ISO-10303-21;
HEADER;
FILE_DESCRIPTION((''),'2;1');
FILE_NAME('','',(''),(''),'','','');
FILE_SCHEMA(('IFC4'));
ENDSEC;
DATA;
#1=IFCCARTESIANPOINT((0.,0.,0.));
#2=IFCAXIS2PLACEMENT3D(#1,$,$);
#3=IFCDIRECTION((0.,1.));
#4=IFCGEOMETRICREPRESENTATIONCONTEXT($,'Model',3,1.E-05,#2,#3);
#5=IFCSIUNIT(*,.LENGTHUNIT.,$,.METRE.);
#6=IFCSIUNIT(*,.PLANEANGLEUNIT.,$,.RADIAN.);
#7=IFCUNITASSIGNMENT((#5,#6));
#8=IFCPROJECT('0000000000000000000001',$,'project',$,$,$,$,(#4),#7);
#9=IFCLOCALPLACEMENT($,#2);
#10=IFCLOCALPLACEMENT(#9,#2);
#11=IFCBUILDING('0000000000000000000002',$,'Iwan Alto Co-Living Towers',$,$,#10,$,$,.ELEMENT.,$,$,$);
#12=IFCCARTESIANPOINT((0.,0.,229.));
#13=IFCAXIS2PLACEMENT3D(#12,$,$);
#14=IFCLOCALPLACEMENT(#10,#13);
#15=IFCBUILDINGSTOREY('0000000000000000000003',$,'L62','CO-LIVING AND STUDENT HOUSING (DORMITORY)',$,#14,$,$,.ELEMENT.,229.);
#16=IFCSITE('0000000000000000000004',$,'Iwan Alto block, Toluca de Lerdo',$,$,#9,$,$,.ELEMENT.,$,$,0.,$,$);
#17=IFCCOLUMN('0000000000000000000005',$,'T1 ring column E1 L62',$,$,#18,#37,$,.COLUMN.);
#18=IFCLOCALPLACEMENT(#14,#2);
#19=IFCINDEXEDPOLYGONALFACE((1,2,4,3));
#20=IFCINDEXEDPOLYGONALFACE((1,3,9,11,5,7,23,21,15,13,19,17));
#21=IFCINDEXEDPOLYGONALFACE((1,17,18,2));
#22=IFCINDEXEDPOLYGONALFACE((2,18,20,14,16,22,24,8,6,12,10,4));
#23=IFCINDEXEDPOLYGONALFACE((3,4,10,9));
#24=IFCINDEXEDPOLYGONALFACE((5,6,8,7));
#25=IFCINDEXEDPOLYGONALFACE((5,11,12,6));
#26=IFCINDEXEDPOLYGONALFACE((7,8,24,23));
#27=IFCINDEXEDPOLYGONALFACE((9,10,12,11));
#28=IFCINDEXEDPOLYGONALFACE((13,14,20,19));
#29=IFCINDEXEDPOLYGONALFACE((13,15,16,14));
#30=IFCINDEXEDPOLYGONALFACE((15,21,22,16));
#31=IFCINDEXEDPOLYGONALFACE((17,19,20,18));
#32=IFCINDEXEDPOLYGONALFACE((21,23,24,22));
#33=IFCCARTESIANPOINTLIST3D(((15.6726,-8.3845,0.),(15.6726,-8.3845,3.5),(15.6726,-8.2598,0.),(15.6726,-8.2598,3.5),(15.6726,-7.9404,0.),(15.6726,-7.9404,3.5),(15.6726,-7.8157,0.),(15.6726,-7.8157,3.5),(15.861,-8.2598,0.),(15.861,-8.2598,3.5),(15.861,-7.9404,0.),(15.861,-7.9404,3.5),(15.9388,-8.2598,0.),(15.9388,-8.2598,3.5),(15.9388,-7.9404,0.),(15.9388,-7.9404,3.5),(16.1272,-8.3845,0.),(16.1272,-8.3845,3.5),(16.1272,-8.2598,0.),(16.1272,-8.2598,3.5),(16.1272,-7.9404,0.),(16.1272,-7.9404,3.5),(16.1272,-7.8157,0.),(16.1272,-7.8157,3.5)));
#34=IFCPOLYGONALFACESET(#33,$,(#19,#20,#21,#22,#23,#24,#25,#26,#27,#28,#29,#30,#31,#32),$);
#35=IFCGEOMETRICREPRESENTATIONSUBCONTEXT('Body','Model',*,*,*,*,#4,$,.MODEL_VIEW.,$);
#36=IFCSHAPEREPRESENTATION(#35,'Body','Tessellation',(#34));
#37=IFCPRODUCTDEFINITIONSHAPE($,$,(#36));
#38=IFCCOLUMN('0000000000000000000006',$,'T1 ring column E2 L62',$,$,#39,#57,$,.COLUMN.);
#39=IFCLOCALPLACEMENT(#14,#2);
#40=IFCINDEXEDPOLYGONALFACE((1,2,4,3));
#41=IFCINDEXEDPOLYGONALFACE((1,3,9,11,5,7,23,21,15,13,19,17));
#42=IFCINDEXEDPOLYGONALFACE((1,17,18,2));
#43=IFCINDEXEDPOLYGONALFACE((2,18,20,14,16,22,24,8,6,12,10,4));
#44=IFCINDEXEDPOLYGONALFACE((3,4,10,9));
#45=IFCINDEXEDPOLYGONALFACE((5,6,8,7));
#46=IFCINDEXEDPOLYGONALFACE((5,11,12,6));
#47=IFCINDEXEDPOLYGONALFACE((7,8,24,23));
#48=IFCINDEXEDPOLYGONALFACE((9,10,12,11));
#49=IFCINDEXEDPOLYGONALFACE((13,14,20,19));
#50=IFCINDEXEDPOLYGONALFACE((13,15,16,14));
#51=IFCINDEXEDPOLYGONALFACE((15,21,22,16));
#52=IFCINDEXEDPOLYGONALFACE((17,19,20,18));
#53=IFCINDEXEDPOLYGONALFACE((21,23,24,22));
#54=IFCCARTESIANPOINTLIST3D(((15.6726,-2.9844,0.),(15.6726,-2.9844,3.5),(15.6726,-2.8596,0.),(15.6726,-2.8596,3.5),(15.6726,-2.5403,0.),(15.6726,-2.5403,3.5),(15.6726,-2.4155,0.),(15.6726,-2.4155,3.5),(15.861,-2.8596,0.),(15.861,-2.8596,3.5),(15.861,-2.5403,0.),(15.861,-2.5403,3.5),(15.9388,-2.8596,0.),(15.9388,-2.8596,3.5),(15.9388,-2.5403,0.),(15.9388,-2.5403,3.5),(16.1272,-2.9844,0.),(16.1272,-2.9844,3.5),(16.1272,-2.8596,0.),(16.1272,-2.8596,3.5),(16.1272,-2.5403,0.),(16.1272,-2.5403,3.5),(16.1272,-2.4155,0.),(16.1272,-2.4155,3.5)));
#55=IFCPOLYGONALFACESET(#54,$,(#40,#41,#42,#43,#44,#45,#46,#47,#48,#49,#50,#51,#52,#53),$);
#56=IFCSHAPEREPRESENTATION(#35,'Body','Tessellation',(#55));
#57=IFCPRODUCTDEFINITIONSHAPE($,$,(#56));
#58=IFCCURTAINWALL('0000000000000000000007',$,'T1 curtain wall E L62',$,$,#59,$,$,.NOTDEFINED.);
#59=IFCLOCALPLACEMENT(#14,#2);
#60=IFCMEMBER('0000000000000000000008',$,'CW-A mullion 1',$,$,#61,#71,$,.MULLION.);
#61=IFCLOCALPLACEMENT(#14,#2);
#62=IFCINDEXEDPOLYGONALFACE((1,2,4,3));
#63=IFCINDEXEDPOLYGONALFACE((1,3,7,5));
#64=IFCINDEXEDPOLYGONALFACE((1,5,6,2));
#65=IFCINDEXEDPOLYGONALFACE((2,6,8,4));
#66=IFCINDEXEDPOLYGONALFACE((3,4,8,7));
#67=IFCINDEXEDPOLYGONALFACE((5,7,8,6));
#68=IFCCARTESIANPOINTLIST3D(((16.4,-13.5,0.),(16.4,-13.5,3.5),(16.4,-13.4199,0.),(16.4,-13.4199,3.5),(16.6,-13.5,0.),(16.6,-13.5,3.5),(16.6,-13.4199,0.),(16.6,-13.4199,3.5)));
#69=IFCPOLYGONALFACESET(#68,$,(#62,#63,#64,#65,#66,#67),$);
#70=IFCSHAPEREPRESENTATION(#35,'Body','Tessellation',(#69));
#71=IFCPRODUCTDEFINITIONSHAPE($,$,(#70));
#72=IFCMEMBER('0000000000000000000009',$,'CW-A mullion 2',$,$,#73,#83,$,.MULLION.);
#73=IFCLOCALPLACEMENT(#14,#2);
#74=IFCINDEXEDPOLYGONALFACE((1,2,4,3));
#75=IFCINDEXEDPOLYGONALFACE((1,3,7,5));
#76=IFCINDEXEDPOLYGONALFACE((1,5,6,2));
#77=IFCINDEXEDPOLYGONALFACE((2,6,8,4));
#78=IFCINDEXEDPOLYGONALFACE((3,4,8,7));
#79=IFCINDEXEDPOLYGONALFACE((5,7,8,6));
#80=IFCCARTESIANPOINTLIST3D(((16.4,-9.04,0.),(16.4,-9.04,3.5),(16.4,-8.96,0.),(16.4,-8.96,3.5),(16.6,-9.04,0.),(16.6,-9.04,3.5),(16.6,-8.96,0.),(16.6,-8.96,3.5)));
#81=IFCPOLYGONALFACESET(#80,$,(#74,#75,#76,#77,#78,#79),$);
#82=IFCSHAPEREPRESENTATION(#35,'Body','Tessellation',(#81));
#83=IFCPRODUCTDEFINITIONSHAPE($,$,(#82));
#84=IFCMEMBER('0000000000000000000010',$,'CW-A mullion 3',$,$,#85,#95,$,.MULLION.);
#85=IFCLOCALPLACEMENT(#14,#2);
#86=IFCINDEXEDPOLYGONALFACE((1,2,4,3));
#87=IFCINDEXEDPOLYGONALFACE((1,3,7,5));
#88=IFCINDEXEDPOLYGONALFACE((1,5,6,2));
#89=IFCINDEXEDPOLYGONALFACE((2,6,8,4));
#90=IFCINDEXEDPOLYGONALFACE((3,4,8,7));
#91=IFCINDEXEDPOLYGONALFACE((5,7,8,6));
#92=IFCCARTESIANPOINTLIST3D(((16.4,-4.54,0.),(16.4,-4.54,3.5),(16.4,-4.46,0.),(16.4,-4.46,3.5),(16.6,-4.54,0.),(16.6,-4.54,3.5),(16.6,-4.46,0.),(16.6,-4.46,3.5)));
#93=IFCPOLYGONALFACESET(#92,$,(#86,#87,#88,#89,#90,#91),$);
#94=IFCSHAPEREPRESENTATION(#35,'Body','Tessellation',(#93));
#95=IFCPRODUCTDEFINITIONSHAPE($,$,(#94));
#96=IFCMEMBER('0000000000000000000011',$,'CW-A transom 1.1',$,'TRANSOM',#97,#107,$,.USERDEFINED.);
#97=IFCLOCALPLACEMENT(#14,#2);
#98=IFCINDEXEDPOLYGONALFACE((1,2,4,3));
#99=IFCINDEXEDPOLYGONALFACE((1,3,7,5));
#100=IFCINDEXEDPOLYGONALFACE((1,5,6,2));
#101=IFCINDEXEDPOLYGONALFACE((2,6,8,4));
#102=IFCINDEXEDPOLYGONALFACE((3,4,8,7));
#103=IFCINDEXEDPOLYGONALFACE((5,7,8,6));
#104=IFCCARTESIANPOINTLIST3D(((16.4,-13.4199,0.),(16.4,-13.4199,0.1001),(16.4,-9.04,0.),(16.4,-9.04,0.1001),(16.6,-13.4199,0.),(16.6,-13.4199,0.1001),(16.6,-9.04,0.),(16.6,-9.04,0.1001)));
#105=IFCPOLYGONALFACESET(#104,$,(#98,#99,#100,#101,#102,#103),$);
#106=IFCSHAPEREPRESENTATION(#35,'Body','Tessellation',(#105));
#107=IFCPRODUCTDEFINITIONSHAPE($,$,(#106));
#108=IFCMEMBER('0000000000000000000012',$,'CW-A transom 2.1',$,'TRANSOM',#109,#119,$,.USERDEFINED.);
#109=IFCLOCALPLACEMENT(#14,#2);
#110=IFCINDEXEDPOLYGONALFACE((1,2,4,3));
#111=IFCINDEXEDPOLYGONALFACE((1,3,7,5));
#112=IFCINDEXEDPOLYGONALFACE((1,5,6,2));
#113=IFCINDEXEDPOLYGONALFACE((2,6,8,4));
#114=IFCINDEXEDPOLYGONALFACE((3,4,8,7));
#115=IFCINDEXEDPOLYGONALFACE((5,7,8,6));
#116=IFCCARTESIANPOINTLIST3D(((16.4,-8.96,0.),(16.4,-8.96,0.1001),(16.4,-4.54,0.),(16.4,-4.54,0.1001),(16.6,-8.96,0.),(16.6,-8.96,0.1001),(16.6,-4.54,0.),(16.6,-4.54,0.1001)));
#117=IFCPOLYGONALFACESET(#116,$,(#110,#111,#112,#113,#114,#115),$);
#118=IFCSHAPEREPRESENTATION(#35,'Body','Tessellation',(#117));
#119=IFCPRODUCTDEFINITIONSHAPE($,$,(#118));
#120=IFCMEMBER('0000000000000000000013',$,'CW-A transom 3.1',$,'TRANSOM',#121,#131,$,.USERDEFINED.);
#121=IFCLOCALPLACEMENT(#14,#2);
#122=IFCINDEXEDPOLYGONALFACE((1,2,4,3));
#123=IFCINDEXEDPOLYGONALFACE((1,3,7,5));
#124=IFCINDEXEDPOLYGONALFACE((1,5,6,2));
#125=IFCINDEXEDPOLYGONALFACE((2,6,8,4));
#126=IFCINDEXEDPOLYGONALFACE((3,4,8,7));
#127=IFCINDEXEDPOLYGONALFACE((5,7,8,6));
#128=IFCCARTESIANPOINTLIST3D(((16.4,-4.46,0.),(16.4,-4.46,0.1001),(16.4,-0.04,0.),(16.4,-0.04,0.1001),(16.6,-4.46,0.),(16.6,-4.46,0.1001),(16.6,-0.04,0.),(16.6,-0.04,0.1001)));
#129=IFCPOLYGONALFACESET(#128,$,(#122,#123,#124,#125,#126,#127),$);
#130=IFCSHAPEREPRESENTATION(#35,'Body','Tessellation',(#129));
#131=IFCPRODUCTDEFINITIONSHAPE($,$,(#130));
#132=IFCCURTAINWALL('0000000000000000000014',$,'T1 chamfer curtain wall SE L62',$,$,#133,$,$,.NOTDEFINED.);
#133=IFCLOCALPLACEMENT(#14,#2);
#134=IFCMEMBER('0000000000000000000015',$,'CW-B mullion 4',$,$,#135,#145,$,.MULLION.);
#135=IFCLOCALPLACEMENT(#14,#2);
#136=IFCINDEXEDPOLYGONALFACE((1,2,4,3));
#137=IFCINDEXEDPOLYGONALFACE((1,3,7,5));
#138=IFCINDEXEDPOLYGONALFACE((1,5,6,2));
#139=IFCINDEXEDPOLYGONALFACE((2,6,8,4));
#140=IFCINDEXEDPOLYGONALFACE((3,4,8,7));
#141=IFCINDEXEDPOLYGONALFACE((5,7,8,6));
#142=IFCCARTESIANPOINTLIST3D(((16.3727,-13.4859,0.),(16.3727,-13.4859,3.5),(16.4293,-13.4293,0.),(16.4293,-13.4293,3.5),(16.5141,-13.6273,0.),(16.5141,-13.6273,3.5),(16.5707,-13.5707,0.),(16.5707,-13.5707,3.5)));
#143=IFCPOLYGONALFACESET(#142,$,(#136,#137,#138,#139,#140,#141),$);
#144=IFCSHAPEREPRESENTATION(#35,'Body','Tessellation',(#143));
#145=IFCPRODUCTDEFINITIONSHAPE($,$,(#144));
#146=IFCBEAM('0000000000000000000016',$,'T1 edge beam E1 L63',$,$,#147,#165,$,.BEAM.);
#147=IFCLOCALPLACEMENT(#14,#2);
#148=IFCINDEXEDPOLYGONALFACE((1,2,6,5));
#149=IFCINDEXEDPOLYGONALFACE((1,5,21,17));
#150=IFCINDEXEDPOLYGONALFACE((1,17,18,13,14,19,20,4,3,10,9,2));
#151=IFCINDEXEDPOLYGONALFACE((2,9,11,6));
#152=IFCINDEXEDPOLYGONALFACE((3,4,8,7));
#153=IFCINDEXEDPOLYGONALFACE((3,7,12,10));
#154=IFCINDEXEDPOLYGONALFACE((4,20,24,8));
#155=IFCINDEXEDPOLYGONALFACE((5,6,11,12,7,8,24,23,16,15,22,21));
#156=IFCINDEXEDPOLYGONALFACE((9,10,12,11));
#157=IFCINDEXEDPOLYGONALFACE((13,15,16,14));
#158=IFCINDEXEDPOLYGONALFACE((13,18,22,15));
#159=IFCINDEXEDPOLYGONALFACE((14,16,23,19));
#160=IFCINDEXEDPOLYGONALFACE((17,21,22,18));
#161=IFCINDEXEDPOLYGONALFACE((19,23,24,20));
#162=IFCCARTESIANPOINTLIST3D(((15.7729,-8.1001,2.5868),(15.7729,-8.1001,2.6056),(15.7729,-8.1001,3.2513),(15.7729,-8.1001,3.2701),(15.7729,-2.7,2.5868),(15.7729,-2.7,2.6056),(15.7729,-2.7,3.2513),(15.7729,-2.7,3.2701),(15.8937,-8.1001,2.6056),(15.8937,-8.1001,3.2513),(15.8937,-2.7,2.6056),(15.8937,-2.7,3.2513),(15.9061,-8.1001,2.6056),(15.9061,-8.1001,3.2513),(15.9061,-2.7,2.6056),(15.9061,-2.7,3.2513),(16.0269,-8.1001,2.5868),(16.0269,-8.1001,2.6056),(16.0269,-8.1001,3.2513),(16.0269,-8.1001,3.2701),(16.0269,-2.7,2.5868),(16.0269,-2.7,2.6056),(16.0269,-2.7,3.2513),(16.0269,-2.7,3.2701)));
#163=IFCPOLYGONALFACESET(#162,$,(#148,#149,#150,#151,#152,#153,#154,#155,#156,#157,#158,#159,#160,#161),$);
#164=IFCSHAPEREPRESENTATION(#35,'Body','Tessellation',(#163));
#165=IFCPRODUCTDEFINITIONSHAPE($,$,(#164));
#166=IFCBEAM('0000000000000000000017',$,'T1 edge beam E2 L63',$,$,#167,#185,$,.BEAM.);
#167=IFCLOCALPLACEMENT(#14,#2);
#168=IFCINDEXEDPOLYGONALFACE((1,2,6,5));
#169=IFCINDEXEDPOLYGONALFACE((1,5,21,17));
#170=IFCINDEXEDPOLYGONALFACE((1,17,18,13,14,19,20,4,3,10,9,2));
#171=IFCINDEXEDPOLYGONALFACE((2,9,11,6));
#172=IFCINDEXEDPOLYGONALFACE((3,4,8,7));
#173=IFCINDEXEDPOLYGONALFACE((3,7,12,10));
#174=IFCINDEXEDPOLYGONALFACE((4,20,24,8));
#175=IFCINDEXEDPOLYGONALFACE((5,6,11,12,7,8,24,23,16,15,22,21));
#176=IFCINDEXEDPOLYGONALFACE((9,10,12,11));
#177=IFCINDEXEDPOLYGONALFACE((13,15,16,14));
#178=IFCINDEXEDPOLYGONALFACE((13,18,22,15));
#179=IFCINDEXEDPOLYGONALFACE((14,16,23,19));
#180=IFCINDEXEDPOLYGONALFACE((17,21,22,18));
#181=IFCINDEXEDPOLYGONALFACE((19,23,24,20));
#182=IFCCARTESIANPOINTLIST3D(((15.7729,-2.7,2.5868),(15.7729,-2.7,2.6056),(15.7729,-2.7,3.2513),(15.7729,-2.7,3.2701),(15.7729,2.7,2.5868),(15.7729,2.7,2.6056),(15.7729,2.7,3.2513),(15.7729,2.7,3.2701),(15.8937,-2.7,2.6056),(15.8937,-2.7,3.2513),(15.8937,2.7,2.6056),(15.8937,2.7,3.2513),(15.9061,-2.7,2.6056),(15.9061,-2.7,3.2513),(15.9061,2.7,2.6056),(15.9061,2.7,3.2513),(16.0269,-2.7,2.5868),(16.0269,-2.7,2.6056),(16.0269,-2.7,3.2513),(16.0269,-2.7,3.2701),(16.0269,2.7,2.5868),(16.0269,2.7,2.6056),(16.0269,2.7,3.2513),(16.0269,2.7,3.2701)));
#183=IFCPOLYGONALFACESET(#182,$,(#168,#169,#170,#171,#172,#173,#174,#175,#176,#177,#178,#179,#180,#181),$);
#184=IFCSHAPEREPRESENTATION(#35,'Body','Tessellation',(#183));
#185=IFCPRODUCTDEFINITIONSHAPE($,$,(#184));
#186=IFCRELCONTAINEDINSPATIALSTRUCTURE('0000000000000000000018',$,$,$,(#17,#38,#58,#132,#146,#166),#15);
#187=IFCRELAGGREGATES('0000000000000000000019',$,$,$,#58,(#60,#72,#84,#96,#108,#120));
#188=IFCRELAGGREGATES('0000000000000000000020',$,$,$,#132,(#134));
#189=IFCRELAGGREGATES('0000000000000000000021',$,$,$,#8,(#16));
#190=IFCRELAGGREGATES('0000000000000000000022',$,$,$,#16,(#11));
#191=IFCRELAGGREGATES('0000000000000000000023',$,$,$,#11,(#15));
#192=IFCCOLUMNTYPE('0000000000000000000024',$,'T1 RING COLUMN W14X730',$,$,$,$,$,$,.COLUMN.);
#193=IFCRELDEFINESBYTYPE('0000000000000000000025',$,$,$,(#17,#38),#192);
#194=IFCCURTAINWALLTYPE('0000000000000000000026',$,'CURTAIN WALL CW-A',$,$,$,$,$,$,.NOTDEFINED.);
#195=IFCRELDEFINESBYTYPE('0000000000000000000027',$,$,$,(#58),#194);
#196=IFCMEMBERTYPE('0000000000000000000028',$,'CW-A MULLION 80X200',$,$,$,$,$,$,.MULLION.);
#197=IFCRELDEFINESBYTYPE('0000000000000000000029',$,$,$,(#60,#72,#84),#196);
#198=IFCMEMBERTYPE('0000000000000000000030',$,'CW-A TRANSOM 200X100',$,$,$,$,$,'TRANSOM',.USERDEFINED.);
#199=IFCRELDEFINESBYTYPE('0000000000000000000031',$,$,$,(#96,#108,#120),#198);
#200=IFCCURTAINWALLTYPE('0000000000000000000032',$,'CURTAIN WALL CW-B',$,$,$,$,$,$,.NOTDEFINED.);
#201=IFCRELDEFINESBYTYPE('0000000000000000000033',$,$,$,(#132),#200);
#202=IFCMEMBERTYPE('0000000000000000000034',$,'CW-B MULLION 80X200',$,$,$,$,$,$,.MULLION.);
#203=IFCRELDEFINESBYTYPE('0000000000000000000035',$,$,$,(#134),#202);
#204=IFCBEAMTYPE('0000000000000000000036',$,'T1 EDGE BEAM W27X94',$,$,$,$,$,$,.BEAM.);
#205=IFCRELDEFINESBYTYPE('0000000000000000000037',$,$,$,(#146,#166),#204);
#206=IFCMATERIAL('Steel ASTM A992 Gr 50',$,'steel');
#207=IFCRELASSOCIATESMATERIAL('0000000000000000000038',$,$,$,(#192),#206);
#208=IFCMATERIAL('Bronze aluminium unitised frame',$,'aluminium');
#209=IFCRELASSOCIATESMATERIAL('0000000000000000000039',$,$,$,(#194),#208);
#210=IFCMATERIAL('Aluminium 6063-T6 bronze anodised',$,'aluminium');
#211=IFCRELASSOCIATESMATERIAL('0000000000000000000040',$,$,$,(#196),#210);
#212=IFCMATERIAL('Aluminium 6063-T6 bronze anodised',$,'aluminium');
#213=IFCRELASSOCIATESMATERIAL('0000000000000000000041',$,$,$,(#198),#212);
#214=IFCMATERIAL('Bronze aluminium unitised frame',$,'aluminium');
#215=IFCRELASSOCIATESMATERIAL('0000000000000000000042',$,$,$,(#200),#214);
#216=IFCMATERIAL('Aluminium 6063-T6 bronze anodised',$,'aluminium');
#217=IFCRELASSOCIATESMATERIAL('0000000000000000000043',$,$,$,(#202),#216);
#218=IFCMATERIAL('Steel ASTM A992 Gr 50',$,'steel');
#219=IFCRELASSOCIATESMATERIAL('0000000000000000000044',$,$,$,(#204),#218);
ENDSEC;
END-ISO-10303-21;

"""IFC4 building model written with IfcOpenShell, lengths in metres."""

from ifc_helpers import new_model, si_unit, direction, frame, origin, origin_2d, place, context, subcontext, project, spatial, rectangle, i_section, extrude, material, material_profile, profile_set, type_object, element, aggregate, save


model = new_model("IFC4")

# Units and contexts
model_context = context("Model", 3, precision=1e-05, world=origin(), true_north=direction((0.0, 1.0)))
body_context = subcontext(model_context, "Body", "Model", "MODEL_VIEW")
ifc_project = project(units=[si_unit("LENGTHUNIT", "METRE"), si_unit("PLANEANGLEUNIT", "RADIAN")], contexts=[model_context])

# Site, building, storey
site_placement = place(None, origin())
site = spatial("IfcSite", under=ifc_project, at=site_placement, Name="Iwan Alto block, Toluca de Lerdo", CompositionType="ELEMENT", RefElevation=0.0)
building_placement = place(site_placement, origin())
building = spatial("IfcBuilding", under=site, at=building_placement, Name="Iwan Alto Co-Living Towers", CompositionType="ELEMENT")
storey_placement = place(building_placement, frame((0.0, 0.0, 229.0)))
storey = spatial("IfcBuildingStorey", under=building, at=storey_placement, Name="L62", Description="CO-LIVING AND STUDENT HOUSING (DORMITORY)", CompositionType="ELEMENT", Elevation=229.0)

# Columns
ifc_material_1 = material(Name="Steel ASTM A992 Gr 50", Category="steel")
ifc_material_profile_1 = material_profile(ifc_material_1, i_section(OverallWidth=0.4546, OverallDepth=0.5688, WebThickness=0.0779, FlangeThickness=0.1248, at=origin_2d()), Name="W14X730")
ifc_profile_set_1 = profile_set([ifc_material_profile_1], Name="Steel ASTM A992 Gr 50")
column_type = type_object("IfcColumnType", Name="T1 RING COLUMN W14X730", PredefinedType="COLUMN", material=ifc_profile_set_1)
for number, where, z_axis, x_axis, name in (
    (1, (15.8999, -8.1001, 0.0), (0.0, 0.0, 1.0), (1.0, 0.0, 0.0), "T1 ring column E1 L62"),
    (2, (15.8999, -2.7, 0.0), (0.0, 0.0, 1.0), (1.0, 0.0, 0.0), "T1 ring column E2 L62"),
):
    element("IfcColumn", number, at=place(storey_placement, frame(where, z_axis=z_axis, x_axis=x_axis)), inside=storey, type_object=column_type, Name=name, PredefinedType="COLUMN", context=body_context, shape_type="SweptSolid", body=[
        extrude(i_section(OverallWidth=0.4546, OverallDepth=0.5688, WebThickness=0.0779, FlangeThickness=0.1248, at=origin_2d()), origin(), (0.0, 0.0, 1.0), 3.5),
    ])

# Curtain wall, members
ifc_material_2 = material(Name="Bronze aluminium unitised frame", Category="aluminium")
curtain_wall_type_1 = type_object("IfcCurtainWallType", Name="CURTAIN WALL CW-A", PredefinedType="NOTDEFINED", material=ifc_material_2)
curtain_wall_1_placement = place(storey_placement, origin())
curtain_wall_1 = element("IfcCurtainWall", 3, at=curtain_wall_1_placement, inside=storey, type_object=curtain_wall_type_1, Name="T1 curtain wall E L62", PredefinedType="NOTDEFINED")
ifc_material_3 = material(Name="Aluminium 6063-T6 bronze anodised", Category="aluminium")
ifc_material_profile_2 = material_profile(ifc_material_3, rectangle(XDim=0.2, YDim=0.0801, at=origin_2d()), Name="AL 80X200")
ifc_profile_set_2 = profile_set([ifc_material_profile_2], Name="Aluminium 6063-T6 bronze anodised")
member_type_1 = type_object("IfcMemberType", Name="CW-A MULLION 80X200", PredefinedType="MULLION", material=ifc_profile_set_2)
member_1_placement = place(storey_placement, frame((16.5, -13.46, 0.0), z_axis=(0.0, 0.0, 1.0), x_axis=(-1.0, 0.0, 0.0)))
member_1 = element("IfcMember", 4, at=member_1_placement, type_object=member_type_1, Name="CW-A mullion 1", PredefinedType="MULLION", context=body_context, shape_type="SweptSolid", body=[
    extrude(rectangle(XDim=0.2, YDim=0.0801, at=origin_2d()), origin(), (0.0, 0.0, 1.0), 3.5),
])
member_2_placement = place(storey_placement, frame((16.5, -9.0, 0.0), z_axis=(0.0, 0.0, 1.0), x_axis=(-1.0, 0.0, 0.0)))
member_2 = element("IfcMember", 5, at=member_2_placement, type_object=member_type_1, Name="CW-A mullion 2", PredefinedType="MULLION", context=body_context, shape_type="SweptSolid", body=[
    extrude(rectangle(XDim=0.2, YDim=0.0801, at=origin_2d()), origin(), (0.0, 0.0, 1.0), 3.5),
])
member_3_placement = place(storey_placement, frame((16.5, -4.5, 0.0), z_axis=(0.0, 0.0, 1.0), x_axis=(-1.0, 0.0, 0.0)))
member_3 = element("IfcMember", 6, at=member_3_placement, type_object=member_type_1, Name="CW-A mullion 3", PredefinedType="MULLION", context=body_context, shape_type="SweptSolid", body=[
    extrude(rectangle(XDim=0.2, YDim=0.0801, at=origin_2d()), origin(), (0.0, 0.0, 1.0), 3.5),
])
ifc_material_4 = material(Name="Aluminium 6063-T6 bronze anodised", Category="aluminium")
ifc_material_profile_3 = material_profile(ifc_material_4, rectangle(XDim=0.2, YDim=0.1001, at=origin_2d()), Name="AL 200X100")
ifc_profile_set_3 = profile_set([ifc_material_profile_3], Name="Aluminium 6063-T6 bronze anodised")
member_type_2 = type_object("IfcMemberType", Name="CW-A TRANSOM 200X100", ElementType="TRANSOM", PredefinedType="USERDEFINED", material=ifc_profile_set_3)
member_4_placement = place(storey_placement, frame((16.5, -13.4199, 0.05), z_axis=(0.0, 1.0, 0.0), x_axis=(-1.0, 0.0, 0.0)))
member_4 = element("IfcMember", 7, at=member_4_placement, type_object=member_type_2, Name="CW-A transom 1.1", ObjectType="TRANSOM", PredefinedType="USERDEFINED", context=body_context, shape_type="SweptSolid", body=[
    extrude(rectangle(XDim=0.2, YDim=0.1001, at=origin_2d()), origin(), (0.0, 0.0, 1.0), 4.3799),
])
member_5_placement = place(storey_placement, frame((16.5, -8.96, 0.05), z_axis=(0.0, 1.0, 0.0), x_axis=(-1.0, 0.0, 0.0)))
member_5 = element("IfcMember", 8, at=member_5_placement, type_object=member_type_2, Name="CW-A transom 2.1", ObjectType="TRANSOM", PredefinedType="USERDEFINED", context=body_context, shape_type="SweptSolid", body=[
    extrude(rectangle(XDim=0.2, YDim=0.1001, at=origin_2d()), origin(), (0.0, 0.0, 1.0), 4.4199),
])
member_6_placement = place(storey_placement, frame((16.5, -4.46, 0.05), z_axis=(0.0, 1.0, 0.0), x_axis=(-1.0, 0.0, 0.0)))
member_6 = element("IfcMember", 9, at=member_6_placement, type_object=member_type_2, Name="CW-A transom 3.1", ObjectType="TRANSOM", PredefinedType="USERDEFINED", context=body_context, shape_type="SweptSolid", body=[
    extrude(rectangle(XDim=0.2, YDim=0.1001, at=origin_2d()), origin(), (0.0, 0.0, 1.0), 4.4199),
])

# Curtain wall, member
ifc_material_5 = material(Name="Bronze aluminium unitised frame", Category="aluminium")
curtain_wall_type_2 = type_object("IfcCurtainWallType", Name="CURTAIN WALL CW-B", PredefinedType="NOTDEFINED", material=ifc_material_5)
curtain_wall_2_placement = place(storey_placement, origin())
curtain_wall_2 = element("IfcCurtainWall", 10, at=curtain_wall_2_placement, inside=storey, type_object=curtain_wall_type_2, Name="T1 chamfer curtain wall SE L62", PredefinedType="NOTDEFINED")
ifc_material_6 = material(Name="Aluminium 6063-T6 bronze anodised", Category="aluminium")
ifc_material_profile_4 = material_profile(ifc_material_6, rectangle(XDim=0.2, YDim=0.0801, at=origin_2d()), Name="AL 80X200")
ifc_profile_set_4 = profile_set([ifc_material_profile_4], Name="Aluminium 6063-T6 bronze anodised")
member_type_3 = type_object("IfcMemberType", Name="CW-B MULLION 80X200", PredefinedType="MULLION", material=ifc_profile_set_4)
member_7_placement = place(storey_placement, frame((16.4717, -13.5283, 0.0), z_axis=(0.0, 0.0, 1.0), x_axis=(-0.707107, 0.707107, 0.0)))
member_7 = element("IfcMember", 11, at=member_7_placement, type_object=member_type_3, Name="CW-B mullion 4", PredefinedType="MULLION", context=body_context, shape_type="SweptSolid", body=[
    extrude(rectangle(XDim=0.2, YDim=0.0801, at=origin_2d()), origin(), (0.0, 0.0, 1.0), 3.5),
])

# Beams
ifc_material_7 = material(Name="Steel ASTM A992 Gr 50", Category="steel")
ifc_material_profile_5 = material_profile(ifc_material_7, i_section(OverallWidth=0.2539, OverallDepth=0.6833, WebThickness=0.0125, FlangeThickness=0.0188, at=origin_2d()), Name="W27X94")
ifc_profile_set_5 = profile_set([ifc_material_profile_5], Name="Steel ASTM A992 Gr 50")
beam_type_1 = type_object("IfcBeamType", Name="T1 EDGE BEAM W27X94", PredefinedType="BEAM", material=ifc_profile_set_5)
beam_1_placement = place(storey_placement, frame((15.8999, -8.1001, 2.9285), z_axis=(0.0, 1.0, 0.0), x_axis=(-1.0, 0.0, 0.0)))
element("IfcBeam", 12, at=beam_1_placement, inside=storey, type_object=beam_type_1, Name="T1 edge beam E1 L63", PredefinedType="BEAM", context=body_context, shape_type="SweptSolid", body=[
    extrude(i_section(OverallWidth=0.2539, OverallDepth=0.6833, WebThickness=0.0125, FlangeThickness=0.0188, at=origin_2d()), origin(), (0.0, 0.0, 1.0), 5.4001),
])
beam_2_placement = place(storey_placement, frame((15.8999, -2.7, 2.9285), z_axis=(0.0, 1.0, 0.0), x_axis=(-1.0, 0.0, 0.0)))
element("IfcBeam", 13, at=beam_2_placement, inside=storey, type_object=beam_type_1, Name="T1 edge beam E2 L63", PredefinedType="BEAM", context=body_context, shape_type="SweptSolid", body=[
    extrude(i_section(OverallWidth=0.2539, OverallDepth=0.6833, WebThickness=0.0125, FlangeThickness=0.0188, at=origin_2d()), origin(), (0.0, 0.0, 1.0), 5.3999),
])

aggregate(curtain_wall_1, [member_1, member_2, member_3, member_4, member_5, member_6])
aggregate(curtain_wall_2, [member_7])

save(model, "model.ifc")
